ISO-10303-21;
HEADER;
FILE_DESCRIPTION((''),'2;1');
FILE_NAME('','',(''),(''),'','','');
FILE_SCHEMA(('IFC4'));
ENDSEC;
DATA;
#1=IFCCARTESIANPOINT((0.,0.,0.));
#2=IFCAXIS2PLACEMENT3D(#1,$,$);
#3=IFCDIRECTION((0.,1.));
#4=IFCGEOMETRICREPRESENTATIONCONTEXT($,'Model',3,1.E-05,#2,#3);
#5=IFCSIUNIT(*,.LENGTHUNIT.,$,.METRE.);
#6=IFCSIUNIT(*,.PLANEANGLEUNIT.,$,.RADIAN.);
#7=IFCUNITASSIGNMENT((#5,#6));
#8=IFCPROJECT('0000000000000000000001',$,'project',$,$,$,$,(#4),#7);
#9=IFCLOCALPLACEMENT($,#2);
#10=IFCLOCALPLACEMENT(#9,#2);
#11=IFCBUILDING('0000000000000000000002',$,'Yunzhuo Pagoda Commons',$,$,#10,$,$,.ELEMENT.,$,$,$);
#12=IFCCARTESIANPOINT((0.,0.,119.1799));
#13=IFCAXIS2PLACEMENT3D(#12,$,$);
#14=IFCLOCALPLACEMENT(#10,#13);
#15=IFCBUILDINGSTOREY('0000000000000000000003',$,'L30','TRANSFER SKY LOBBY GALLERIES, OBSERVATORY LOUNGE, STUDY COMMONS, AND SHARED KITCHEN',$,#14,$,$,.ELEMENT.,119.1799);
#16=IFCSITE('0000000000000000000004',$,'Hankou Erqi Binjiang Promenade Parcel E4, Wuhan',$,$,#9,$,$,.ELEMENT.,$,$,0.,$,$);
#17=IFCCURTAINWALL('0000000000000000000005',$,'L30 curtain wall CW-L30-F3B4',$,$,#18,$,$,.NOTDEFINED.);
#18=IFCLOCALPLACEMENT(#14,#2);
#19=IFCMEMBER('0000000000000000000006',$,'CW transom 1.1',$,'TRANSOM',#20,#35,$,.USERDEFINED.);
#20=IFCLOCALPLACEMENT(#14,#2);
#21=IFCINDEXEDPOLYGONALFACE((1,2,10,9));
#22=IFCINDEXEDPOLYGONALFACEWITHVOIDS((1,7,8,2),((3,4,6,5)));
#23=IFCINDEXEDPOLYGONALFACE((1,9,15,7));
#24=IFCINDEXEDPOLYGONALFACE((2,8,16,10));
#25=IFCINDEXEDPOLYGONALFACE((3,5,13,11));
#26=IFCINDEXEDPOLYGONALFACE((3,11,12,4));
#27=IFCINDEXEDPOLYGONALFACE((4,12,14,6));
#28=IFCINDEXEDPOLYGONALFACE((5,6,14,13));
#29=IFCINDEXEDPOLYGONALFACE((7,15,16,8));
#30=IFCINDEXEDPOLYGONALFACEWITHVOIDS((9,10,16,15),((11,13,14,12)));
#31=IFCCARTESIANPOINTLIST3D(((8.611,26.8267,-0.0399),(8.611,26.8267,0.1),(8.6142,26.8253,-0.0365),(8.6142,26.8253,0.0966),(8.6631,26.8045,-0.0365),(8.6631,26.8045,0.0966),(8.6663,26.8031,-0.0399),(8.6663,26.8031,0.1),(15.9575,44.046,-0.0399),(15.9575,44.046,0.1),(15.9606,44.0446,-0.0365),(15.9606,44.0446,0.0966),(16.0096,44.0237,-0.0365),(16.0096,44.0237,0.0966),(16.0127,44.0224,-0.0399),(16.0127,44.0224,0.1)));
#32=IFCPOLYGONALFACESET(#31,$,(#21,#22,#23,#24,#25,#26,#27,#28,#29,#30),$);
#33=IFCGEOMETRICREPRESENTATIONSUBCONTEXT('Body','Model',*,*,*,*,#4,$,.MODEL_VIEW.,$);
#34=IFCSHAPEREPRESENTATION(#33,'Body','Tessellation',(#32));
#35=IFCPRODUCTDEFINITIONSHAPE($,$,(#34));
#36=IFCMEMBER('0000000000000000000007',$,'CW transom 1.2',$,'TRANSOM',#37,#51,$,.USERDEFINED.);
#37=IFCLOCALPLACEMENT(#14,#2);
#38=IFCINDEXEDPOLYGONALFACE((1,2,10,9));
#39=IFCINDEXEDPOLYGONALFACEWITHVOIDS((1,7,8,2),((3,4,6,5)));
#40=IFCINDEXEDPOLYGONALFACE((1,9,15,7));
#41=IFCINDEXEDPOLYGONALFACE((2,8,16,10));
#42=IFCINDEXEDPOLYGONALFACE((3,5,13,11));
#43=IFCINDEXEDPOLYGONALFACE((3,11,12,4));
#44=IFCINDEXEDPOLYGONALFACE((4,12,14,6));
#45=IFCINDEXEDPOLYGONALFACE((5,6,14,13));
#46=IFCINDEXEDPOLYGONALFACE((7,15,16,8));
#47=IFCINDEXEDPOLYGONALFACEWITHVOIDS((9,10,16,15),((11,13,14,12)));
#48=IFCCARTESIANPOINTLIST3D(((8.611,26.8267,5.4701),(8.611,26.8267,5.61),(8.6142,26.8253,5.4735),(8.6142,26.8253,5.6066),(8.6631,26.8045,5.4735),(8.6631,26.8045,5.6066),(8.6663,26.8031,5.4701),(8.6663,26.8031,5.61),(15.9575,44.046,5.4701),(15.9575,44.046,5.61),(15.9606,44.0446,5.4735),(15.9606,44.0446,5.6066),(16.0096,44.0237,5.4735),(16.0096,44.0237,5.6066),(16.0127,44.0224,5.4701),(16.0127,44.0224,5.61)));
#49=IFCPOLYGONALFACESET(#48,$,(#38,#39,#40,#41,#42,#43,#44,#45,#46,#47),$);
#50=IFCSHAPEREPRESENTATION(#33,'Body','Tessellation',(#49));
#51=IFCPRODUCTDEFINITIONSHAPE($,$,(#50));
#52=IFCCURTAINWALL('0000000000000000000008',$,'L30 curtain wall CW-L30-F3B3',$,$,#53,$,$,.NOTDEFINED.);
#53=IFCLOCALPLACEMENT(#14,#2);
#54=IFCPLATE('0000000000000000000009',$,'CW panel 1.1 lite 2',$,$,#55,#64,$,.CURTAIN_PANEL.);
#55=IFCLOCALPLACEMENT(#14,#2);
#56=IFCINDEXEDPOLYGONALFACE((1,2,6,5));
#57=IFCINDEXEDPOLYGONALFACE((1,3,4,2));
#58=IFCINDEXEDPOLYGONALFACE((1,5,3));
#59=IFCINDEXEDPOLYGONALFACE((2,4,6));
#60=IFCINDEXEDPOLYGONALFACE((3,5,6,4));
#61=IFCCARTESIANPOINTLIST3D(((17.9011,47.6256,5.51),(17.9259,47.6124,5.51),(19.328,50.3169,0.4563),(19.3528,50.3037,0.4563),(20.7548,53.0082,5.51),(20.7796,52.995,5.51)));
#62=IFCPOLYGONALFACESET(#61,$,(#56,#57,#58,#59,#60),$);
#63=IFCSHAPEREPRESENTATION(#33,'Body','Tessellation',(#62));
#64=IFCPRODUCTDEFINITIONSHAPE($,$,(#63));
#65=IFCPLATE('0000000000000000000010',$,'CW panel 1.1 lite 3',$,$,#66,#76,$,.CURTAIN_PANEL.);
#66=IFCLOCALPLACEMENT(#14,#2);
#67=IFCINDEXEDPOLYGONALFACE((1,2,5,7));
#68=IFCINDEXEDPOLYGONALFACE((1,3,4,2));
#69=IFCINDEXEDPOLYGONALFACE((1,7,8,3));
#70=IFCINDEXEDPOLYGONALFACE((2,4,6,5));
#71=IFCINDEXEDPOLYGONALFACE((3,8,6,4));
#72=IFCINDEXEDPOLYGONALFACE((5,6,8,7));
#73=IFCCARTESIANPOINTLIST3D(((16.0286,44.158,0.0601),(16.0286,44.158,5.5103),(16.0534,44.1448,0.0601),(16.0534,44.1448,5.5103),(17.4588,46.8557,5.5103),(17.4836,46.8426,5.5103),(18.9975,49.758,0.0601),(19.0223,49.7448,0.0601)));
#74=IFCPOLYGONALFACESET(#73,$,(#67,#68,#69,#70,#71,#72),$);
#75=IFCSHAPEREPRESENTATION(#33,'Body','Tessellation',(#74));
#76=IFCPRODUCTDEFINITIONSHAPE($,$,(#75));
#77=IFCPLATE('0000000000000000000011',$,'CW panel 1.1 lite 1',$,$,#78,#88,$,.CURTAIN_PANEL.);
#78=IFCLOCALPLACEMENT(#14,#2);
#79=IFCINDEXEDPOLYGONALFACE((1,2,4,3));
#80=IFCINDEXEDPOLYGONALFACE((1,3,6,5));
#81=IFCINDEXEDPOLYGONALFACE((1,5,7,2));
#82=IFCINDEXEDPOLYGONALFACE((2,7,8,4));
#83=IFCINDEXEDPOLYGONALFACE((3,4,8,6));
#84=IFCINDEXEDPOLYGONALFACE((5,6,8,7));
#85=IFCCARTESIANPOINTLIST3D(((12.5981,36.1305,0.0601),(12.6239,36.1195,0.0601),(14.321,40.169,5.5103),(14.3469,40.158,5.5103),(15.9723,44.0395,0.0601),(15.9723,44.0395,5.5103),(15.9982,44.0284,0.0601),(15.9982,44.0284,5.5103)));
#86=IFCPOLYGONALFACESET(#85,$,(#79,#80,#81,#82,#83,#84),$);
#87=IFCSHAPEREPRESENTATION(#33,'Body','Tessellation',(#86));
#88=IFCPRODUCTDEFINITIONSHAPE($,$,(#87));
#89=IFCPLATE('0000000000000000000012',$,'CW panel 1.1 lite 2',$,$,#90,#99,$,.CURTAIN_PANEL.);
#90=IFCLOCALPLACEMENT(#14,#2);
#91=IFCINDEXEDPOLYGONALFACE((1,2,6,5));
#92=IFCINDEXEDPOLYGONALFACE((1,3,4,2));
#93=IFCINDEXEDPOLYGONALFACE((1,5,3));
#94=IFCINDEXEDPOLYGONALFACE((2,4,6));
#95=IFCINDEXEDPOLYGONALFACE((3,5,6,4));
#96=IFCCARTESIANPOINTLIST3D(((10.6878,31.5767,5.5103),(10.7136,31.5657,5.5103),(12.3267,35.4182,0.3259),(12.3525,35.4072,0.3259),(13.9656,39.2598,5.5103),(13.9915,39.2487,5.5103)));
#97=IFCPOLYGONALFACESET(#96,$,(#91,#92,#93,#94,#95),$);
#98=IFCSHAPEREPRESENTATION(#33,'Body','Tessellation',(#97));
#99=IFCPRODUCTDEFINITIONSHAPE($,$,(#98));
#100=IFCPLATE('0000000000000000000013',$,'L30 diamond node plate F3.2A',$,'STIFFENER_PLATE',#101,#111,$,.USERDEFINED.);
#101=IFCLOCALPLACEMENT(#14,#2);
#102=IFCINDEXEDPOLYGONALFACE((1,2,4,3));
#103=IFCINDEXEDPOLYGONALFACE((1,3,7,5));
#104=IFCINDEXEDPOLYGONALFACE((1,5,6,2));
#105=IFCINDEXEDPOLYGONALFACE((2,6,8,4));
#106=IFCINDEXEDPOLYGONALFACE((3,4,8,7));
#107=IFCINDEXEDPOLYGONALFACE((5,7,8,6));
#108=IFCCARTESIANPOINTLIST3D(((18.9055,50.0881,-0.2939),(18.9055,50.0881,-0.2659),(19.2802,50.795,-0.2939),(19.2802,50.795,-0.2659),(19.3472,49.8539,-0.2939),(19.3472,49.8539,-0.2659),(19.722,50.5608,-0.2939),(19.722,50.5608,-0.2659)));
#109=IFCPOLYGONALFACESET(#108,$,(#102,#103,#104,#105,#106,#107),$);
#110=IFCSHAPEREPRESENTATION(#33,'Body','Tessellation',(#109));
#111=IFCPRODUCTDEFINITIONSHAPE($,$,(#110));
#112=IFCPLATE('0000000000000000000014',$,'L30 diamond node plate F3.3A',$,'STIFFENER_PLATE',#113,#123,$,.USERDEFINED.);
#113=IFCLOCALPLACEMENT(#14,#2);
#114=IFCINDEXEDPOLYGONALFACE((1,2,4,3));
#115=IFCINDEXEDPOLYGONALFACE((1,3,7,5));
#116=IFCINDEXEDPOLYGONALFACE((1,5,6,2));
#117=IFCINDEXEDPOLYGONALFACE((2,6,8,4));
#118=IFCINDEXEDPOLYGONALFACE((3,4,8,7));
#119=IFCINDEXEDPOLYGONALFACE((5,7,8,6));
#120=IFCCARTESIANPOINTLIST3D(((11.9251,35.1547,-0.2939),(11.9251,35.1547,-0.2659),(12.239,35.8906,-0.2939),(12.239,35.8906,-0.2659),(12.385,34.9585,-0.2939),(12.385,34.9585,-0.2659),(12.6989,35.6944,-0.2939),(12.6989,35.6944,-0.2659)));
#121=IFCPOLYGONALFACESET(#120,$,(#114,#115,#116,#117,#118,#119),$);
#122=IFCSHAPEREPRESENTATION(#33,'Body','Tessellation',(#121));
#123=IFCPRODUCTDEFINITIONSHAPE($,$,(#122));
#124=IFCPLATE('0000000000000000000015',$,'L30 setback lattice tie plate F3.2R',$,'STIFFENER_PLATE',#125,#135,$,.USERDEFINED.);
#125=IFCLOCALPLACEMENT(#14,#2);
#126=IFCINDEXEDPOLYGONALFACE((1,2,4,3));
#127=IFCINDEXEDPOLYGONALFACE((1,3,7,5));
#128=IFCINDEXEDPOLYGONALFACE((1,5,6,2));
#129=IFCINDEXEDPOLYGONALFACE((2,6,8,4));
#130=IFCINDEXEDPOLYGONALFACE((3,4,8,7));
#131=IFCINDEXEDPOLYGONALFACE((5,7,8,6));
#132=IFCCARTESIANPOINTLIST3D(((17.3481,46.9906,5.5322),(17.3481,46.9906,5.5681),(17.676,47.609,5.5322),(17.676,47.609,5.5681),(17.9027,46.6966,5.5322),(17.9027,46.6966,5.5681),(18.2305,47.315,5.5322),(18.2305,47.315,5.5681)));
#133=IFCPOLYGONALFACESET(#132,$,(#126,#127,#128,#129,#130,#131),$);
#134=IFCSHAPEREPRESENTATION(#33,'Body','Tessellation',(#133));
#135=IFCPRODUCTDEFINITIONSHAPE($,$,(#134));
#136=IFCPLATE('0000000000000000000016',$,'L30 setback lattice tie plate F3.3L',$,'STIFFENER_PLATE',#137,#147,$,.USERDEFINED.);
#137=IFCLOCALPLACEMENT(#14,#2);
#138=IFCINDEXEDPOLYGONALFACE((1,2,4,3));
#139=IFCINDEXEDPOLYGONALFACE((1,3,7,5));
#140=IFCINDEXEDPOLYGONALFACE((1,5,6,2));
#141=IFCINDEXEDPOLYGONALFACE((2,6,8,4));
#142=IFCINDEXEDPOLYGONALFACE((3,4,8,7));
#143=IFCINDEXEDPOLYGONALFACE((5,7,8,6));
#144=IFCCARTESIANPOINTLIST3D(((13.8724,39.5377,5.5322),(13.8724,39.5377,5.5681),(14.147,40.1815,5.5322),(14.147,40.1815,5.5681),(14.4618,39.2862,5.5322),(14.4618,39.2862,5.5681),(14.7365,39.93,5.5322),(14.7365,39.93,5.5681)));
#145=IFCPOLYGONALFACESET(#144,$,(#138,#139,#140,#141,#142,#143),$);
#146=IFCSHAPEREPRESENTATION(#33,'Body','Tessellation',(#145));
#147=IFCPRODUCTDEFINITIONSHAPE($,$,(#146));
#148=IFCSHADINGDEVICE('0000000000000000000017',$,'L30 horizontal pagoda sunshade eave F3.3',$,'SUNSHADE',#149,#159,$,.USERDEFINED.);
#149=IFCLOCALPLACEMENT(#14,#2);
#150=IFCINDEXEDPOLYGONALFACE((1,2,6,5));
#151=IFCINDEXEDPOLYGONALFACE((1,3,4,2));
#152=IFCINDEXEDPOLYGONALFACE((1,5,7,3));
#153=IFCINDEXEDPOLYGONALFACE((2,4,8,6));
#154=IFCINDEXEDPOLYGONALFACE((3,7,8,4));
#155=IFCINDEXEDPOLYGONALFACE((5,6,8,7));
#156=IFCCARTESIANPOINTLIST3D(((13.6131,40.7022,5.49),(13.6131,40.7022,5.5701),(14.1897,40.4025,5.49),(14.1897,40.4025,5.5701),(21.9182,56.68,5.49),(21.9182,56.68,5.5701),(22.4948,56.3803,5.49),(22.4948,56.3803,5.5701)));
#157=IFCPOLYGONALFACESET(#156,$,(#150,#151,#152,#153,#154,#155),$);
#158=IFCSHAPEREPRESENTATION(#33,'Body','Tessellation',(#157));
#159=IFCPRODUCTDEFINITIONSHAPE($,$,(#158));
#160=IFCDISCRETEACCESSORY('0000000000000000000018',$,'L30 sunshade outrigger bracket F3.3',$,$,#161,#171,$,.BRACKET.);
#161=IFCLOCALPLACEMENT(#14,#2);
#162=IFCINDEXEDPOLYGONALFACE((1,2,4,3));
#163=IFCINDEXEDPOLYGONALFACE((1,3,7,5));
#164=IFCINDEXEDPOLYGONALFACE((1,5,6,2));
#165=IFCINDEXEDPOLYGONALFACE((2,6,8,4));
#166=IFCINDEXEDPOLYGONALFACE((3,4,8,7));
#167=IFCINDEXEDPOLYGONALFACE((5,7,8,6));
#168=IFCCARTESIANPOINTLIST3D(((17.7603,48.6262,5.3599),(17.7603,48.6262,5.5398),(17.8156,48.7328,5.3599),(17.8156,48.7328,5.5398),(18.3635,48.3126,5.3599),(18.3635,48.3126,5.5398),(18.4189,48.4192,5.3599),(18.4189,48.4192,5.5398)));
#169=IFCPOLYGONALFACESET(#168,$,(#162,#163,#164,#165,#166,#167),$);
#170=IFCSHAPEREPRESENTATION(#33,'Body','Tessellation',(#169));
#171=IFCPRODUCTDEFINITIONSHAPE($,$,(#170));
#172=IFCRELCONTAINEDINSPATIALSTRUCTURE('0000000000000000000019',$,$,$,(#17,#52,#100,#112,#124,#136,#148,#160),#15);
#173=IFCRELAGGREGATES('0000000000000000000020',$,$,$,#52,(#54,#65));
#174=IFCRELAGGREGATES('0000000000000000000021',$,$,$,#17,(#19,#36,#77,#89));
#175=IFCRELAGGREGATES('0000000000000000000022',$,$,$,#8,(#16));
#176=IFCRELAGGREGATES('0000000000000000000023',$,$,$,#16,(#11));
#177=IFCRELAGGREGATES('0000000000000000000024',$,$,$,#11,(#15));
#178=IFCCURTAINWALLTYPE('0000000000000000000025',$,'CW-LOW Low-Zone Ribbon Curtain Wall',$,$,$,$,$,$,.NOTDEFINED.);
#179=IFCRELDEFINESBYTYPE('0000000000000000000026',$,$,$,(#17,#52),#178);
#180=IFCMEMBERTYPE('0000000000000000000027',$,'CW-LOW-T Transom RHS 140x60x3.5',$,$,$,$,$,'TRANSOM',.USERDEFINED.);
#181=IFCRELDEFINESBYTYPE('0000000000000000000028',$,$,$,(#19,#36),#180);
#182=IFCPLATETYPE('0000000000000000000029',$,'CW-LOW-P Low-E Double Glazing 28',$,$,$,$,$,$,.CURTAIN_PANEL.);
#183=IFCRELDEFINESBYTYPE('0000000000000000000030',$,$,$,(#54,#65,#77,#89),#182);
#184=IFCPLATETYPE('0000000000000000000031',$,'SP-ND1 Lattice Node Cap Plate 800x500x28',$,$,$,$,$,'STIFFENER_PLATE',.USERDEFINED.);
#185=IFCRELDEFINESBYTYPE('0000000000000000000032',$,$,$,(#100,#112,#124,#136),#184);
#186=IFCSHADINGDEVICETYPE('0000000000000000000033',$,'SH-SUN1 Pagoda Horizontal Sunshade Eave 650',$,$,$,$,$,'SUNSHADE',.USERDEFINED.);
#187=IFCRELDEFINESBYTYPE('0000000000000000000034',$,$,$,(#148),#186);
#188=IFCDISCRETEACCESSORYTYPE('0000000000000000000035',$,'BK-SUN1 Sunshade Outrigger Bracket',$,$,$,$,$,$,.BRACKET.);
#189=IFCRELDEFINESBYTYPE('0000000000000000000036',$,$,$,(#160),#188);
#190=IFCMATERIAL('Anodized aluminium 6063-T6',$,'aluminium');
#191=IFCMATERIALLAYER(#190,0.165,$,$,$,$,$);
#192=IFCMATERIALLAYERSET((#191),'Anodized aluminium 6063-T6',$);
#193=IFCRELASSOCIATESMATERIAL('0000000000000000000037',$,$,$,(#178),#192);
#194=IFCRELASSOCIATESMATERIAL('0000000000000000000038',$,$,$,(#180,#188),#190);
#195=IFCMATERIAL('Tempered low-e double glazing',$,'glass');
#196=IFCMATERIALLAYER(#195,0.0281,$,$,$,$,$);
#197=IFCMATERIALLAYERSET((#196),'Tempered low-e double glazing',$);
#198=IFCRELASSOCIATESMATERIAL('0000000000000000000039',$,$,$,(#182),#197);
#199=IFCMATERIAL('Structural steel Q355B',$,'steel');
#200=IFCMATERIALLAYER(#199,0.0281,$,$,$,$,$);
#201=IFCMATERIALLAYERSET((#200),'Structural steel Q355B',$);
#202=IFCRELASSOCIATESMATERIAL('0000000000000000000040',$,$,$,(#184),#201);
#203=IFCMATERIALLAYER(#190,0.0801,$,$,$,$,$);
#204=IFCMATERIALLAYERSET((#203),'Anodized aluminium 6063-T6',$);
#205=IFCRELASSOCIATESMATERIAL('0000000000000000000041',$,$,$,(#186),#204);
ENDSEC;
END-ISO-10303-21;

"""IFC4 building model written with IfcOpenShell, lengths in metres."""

from ifc_helpers import new_model, si_unit, direction, frame, origin, origin_2d, place, context, subcontext, project, spatial, polyline, rectangle, hollow_rectangle, outline, extrude, source, transform, mapped, material, layer, layer_set, material_profile, profile_set, type_object, element, aggregate, save


model = new_model("IFC4")

# Units and contexts
model_context = context("Model", 3, precision=1e-05, world=origin(), true_north=direction((0.0, 1.0)))
body_context = subcontext(model_context, "Body", "Model", "MODEL_VIEW")
ifc_project = project(units=[si_unit("LENGTHUNIT", "METRE"), si_unit("PLANEANGLEUNIT", "RADIAN")], contexts=[model_context])

# Site, building, storey
site_placement = place(None, origin())
site = spatial("IfcSite", under=ifc_project, at=site_placement, Name="Hankou Erqi Binjiang Promenade Parcel E4, Wuhan", CompositionType="ELEMENT", RefElevation=0.0)
building_placement = place(site_placement, origin())
building = spatial("IfcBuilding", under=site, at=building_placement, Name="Yunzhuo Pagoda Commons", CompositionType="ELEMENT")
storey_placement = place(building_placement, frame((0.0, 0.0, 119.1799)))
storey = spatial("IfcBuildingStorey", under=building, at=storey_placement, Name="L30", Description="TRANSFER SKY LOBBY GALLERIES, OBSERVATORY LOUNGE, STUDY COMMONS, AND SHARED KITCHEN", CompositionType="ELEMENT", Elevation=119.1799)

# Shared definitions
ifc_material_1 = material(Name="Structural steel Q355B", Category="steel")

# Curtain wall, members
ifc_material_2 = material(Name="Anodized aluminium 6063-T6", Category="aluminium")
ifc_layer_1 = layer(ifc_material_2, 0.165)
ifc_layer_set_1 = layer_set([ifc_layer_1], Name="Anodized aluminium 6063-T6")
curtain_wall_type = type_object("IfcCurtainWallType", Name="CW-LOW Low-Zone Ribbon Curtain Wall", PredefinedType="NOTDEFINED", material=ifc_layer_set_1)
curtain_wall_1_placement = place(storey_placement, origin())
curtain_wall_1 = element("IfcCurtainWall", 1, at=curtain_wall_1_placement, inside=storey, type_object=curtain_wall_type, Name="L30 curtain wall CW-L30-F3B4", PredefinedType="NOTDEFINED")
ifc_material_profile_1 = material_profile(ifc_material_2, hollow_rectangle(XDim=0.0601, YDim=0.1399, WallThickness=0.0034, at=origin_2d()), Name="Anodized aluminium 6063-T6")
ifc_profile_set_1 = profile_set([ifc_material_profile_1], Name="Anodized aluminium 6063-T6")
member_type_1 = type_object("IfcMemberType", Name="CW-LOW-T Transom RHS 140x60x3.5", ElementType="TRANSOM", PredefinedType="USERDEFINED", material=ifc_profile_set_1)
shared_shape_1 = source(origin(), body_context, "Body", "SweptSolid", [
    extrude(hollow_rectangle(XDim=0.0601, YDim=0.1399, WallThickness=0.0034, at=origin_2d()), origin(), (0.0, 0.0, 1.0), 18.7209),
])
member_1_placement = place(storey_placement, frame((15.9851, 44.0342, 0.03), z_axis=(-0.392419, -0.919787, 0.0), x_axis=(0.919787, -0.392419, 0.0)))
member_1 = element("IfcMember", 2, at=member_1_placement, type_object=member_type_1, Name="CW transom 1.1", ObjectType="TRANSOM", PredefinedType="USERDEFINED", context=body_context, shape_type="MappedRepresentation", body=[
    mapped(shared_shape_1, transform((0.0, 0.0, 0.0), scale=1.0)),
])
member_2_placement = place(storey_placement, frame((15.9851, 44.0342, 5.54), z_axis=(-0.392419, -0.919787, 0.0), x_axis=(0.919787, -0.392419, 0.0)))
member_2 = element("IfcMember", 3, at=member_2_placement, type_object=member_type_1, Name="CW transom 1.2", ObjectType="TRANSOM", PredefinedType="USERDEFINED", context=body_context, shape_type="MappedRepresentation", body=[
    mapped(shared_shape_1, transform((0.0, 0.0, 0.0), scale=1.0)),
])

# Curtain wall, plates
curtain_wall_2_placement = place(storey_placement, origin())
curtain_wall_2 = element("IfcCurtainWall", 4, at=curtain_wall_2_placement, inside=storey, type_object=curtain_wall_type, Name="L30 curtain wall CW-L30-F3B3", PredefinedType="NOTDEFINED")
ifc_material_3 = material(Name="Tempered low-e double glazing", Category="glass")
ifc_layer_2 = layer(ifc_material_3, 0.0281)
ifc_layer_set_2 = layer_set([ifc_layer_2], Name="Tempered low-e double glazing")
plate_type_1 = type_object("IfcPlateType", Name="CW-LOW-P Low-E Double Glazing 28", PredefinedType="CURTAIN_PANEL", material=ifc_layer_set_2)
plate_1_placement = place(storey_placement, frame((19.3528, 50.3037, 2.9832), z_axis=(-0.883512, 0.468408, 0.0), x_axis=(-0.468408, -0.883512, 0.0)))
plate_1 = element("IfcPlate", 5, at=plate_1_placement, type_object=plate_type_1, Name="CW panel 1.1 lite 2", PredefinedType="CURTAIN_PANEL", context=body_context, shape_type="SweptSolid", body=[
    extrude(outline(polyline([(-3.0461, 2.5269), (0.0, -2.5269), (3.0461, 2.5269), (-3.0461, 2.5269)])), origin(), (0.0, 0.0, 1.0), 0.0281),
])
plate_2_placement = place(storey_placement, frame((17.5378, 46.9448, 2.7852), z_axis=(-0.883512, 0.468408, 0.0), x_axis=(-0.468408, -0.883512, 0.0)))
plate_2 = element("IfcPlate", 6, at=plate_2_placement, type_object=plate_type_1, Name="CW panel 1.1 lite 3", PredefinedType="CURTAIN_PANEL", context=body_context, shape_type="SweptSolid", body=[
    extrude(outline(polyline([(-3.1692, -2.7251), (3.1692, -2.7251), (3.1692, 2.7251), (0.1157, 2.7251), (-3.1692, -2.7251)])), origin(), (0.0, 0.0, 1.0), 0.0281),
])
aggregate(curtain_wall_2, [plate_1, plate_2])

# Plates
plate_3_placement = place(storey_placement, frame((14.311, 40.074, 2.7852), z_axis=(-0.919788, 0.392415, 0.0), x_axis=(-0.392415, -0.919788, 0.0)))
plate_3 = element("IfcPlate", 7, at=plate_3_placement, type_object=plate_type_1, Name="CW panel 1.1 lite 1", PredefinedType="CURTAIN_PANEL", context=body_context, shape_type="SweptSolid", body=[
    extrude(outline(polyline([(-4.2993, -2.7251), (4.2993, -2.7251), (-0.0913, 2.7251), (-4.2993, 2.7251), (-4.2993, -2.7251)])), origin(), (0.0, 0.0, 1.0), 0.0281),
])
plate_4_placement = place(storey_placement, frame((12.3525, 35.4072, 2.918), z_axis=(-0.919788, 0.392415, 0.0), x_axis=(-0.392415, -0.919788, 0.0)))
plate_4 = element("IfcPlate", 8, at=plate_4_placement, type_object=plate_type_1, Name="CW panel 1.1 lite 2", PredefinedType="CURTAIN_PANEL", context=body_context, shape_type="SweptSolid", body=[
    extrude(outline(polyline([(-4.1765, 2.5923), (0.0, -2.592), (4.1765, 2.5923), (-4.1765, 2.5923)])), origin(), (0.0, 0.0, 1.0), 0.0281),
])
aggregate(curtain_wall_1, [member_1, member_2, plate_3, plate_4])

# Plates
ifc_layer_3 = layer(ifc_material_1, 0.0281)
ifc_layer_set_3 = layer_set([ifc_layer_3], Name="Structural steel Q355B")
plate_type_2 = type_object("IfcPlateType", Name="SP-ND1 Lattice Node Cap Plate 800x500x28", ElementType="STIFFENER_PLATE", PredefinedType="USERDEFINED", material=ifc_layer_set_3)
shared_shape_2 = source(origin(), body_context, "Body", "SweptSolid", [
    extrude(rectangle(XDim=0.8, YDim=0.5, at=origin_2d()), origin(), (0.0, 0.0, 1.0), 0.0281),
])
for number, where, z_axis, x_axis, name in (
    (9, (19.3137, 50.3245, -0.2939), (0.0, 0.0, 1.0), (-0.468408, -0.883512, 0.0), "L30 diamond node plate F3.2A"),
    (10, (12.312, 35.4246, -0.2939), (0.0, 0.0, 1.0), (-0.392417, -0.919787, 0.0), "L30 diamond node plate F3.3A"),
):
    element("IfcPlate", number, at=place(storey_placement, frame(where, z_axis=z_axis, x_axis=x_axis)), inside=storey, type_object=plate_type_2, Name=name, ObjectType="STIFFENER_PLATE", PredefinedType="USERDEFINED", context=body_context, shape_type="MappedRepresentation", body=[
        mapped(shared_shape_2, transform((0.0, 0.0, 0.0), scale=1.0)),
    ])
shared_shape_3 = source(origin(), body_context, "Body", "SweptSolid", [
    extrude(rectangle(XDim=0.7, YDim=0.6277, at=origin_2d()), origin(), (0.0, 0.0, 1.0), 0.0359),
])
plate_5_placement = place(storey_placement, frame((17.7893, 47.1528, 5.5322), z_axis=(0.0, 0.0, 1.0), x_axis=(-0.468408, -0.883512, 0.0)))
element("IfcPlate", 11, at=plate_5_placement, inside=storey, type_object=plate_type_2, Name="L30 setback lattice tie plate F3.2R", ObjectType="STIFFENER_PLATE", PredefinedType="USERDEFINED", context=body_context, shape_type="MappedRepresentation", body=[
    mapped(shared_shape_3, transform((0.0, 0.0, 0.0), scale=1.0)),
])
shared_shape_4 = source(origin(), body_context, "Body", "SweptSolid", [
    extrude(rectangle(XDim=0.7, YDim=0.6409, at=origin_2d()), origin(), (0.0, 0.0, 1.0), 0.0359),
])
plate_6_placement = place(storey_placement, frame((14.3044, 39.7339, 5.5322), z_axis=(0.0, 0.0, 1.0), x_axis=(-0.392417, -0.919787, 0.0)))
element("IfcPlate", 12, at=plate_6_placement, inside=storey, type_object=plate_type_2, Name="L30 setback lattice tie plate F3.3L", ObjectType="STIFFENER_PLATE", PredefinedType="USERDEFINED", context=body_context, shape_type="MappedRepresentation", body=[
    mapped(shared_shape_4, transform((0.0, 0.0, 0.0), scale=1.0)),
])

# Shading device
ifc_layer_4 = layer(ifc_material_2, 0.0801)
ifc_layer_set_4 = layer_set([ifc_layer_4], Name="Anodized aluminium 6063-T6")
shading_device_type = type_object("IfcShadingDeviceType", Name="SH-SUN1 Pagoda Horizontal Sunshade Eave 650", ElementType="SUNSHADE", PredefinedType="USERDEFINED", material=ifc_layer_set_4)
shared_shape_5 = source(origin(), body_context, "Body", "SweptSolid", [
    extrude(rectangle(XDim=18.0073, YDim=0.6499, at=origin_2d()), origin(), (0.0, 0.0, 1.0), 0.0801),
])
shading_device_placement = place(storey_placement, frame((18.054, 48.5413, 5.49), z_axis=(0.0, 0.0, 1.0), x_axis=(-0.461207, -0.887293, 0.0)))
element("IfcShadingDevice", 13, at=shading_device_placement, inside=storey, type_object=shading_device_type, Name="L30 horizontal pagoda sunshade eave F3.3", ObjectType="SUNSHADE", PredefinedType="USERDEFINED", context=body_context, shape_type="MappedRepresentation", body=[
    mapped(shared_shape_5, transform((0.0, 0.0, 0.0), scale=1.0)),
])

# Discrete accessory
discrete_accessory_type = type_object("IfcDiscreteAccessoryType", Name="BK-SUN1 Sunshade Outrigger Bracket", PredefinedType="BRACKET", material=ifc_material_2)
shared_shape_6 = source(origin(), body_context, "Body", "SweptSolid", [
    extrude(rectangle(XDim=0.1201, YDim=0.6799, at=origin_2d()), origin(), (0.0, 0.0, 1.0), 0.1799),
])
discrete_accessory_placement = place(storey_placement, frame((18.0896, 48.5227, 5.3599), z_axis=(0.0, 0.0, 1.0), x_axis=(-0.461207, -0.887293, 0.0)))
element("IfcDiscreteAccessory", 14, at=discrete_accessory_placement, inside=storey, type_object=discrete_accessory_type, Name="L30 sunshade outrigger bracket F3.3", PredefinedType="BRACKET", context=body_context, shape_type="MappedRepresentation", body=[
    mapped(shared_shape_6, transform((0.0, 0.0, 0.0), scale=1.0)),
])

save(model, "model.ifc")
